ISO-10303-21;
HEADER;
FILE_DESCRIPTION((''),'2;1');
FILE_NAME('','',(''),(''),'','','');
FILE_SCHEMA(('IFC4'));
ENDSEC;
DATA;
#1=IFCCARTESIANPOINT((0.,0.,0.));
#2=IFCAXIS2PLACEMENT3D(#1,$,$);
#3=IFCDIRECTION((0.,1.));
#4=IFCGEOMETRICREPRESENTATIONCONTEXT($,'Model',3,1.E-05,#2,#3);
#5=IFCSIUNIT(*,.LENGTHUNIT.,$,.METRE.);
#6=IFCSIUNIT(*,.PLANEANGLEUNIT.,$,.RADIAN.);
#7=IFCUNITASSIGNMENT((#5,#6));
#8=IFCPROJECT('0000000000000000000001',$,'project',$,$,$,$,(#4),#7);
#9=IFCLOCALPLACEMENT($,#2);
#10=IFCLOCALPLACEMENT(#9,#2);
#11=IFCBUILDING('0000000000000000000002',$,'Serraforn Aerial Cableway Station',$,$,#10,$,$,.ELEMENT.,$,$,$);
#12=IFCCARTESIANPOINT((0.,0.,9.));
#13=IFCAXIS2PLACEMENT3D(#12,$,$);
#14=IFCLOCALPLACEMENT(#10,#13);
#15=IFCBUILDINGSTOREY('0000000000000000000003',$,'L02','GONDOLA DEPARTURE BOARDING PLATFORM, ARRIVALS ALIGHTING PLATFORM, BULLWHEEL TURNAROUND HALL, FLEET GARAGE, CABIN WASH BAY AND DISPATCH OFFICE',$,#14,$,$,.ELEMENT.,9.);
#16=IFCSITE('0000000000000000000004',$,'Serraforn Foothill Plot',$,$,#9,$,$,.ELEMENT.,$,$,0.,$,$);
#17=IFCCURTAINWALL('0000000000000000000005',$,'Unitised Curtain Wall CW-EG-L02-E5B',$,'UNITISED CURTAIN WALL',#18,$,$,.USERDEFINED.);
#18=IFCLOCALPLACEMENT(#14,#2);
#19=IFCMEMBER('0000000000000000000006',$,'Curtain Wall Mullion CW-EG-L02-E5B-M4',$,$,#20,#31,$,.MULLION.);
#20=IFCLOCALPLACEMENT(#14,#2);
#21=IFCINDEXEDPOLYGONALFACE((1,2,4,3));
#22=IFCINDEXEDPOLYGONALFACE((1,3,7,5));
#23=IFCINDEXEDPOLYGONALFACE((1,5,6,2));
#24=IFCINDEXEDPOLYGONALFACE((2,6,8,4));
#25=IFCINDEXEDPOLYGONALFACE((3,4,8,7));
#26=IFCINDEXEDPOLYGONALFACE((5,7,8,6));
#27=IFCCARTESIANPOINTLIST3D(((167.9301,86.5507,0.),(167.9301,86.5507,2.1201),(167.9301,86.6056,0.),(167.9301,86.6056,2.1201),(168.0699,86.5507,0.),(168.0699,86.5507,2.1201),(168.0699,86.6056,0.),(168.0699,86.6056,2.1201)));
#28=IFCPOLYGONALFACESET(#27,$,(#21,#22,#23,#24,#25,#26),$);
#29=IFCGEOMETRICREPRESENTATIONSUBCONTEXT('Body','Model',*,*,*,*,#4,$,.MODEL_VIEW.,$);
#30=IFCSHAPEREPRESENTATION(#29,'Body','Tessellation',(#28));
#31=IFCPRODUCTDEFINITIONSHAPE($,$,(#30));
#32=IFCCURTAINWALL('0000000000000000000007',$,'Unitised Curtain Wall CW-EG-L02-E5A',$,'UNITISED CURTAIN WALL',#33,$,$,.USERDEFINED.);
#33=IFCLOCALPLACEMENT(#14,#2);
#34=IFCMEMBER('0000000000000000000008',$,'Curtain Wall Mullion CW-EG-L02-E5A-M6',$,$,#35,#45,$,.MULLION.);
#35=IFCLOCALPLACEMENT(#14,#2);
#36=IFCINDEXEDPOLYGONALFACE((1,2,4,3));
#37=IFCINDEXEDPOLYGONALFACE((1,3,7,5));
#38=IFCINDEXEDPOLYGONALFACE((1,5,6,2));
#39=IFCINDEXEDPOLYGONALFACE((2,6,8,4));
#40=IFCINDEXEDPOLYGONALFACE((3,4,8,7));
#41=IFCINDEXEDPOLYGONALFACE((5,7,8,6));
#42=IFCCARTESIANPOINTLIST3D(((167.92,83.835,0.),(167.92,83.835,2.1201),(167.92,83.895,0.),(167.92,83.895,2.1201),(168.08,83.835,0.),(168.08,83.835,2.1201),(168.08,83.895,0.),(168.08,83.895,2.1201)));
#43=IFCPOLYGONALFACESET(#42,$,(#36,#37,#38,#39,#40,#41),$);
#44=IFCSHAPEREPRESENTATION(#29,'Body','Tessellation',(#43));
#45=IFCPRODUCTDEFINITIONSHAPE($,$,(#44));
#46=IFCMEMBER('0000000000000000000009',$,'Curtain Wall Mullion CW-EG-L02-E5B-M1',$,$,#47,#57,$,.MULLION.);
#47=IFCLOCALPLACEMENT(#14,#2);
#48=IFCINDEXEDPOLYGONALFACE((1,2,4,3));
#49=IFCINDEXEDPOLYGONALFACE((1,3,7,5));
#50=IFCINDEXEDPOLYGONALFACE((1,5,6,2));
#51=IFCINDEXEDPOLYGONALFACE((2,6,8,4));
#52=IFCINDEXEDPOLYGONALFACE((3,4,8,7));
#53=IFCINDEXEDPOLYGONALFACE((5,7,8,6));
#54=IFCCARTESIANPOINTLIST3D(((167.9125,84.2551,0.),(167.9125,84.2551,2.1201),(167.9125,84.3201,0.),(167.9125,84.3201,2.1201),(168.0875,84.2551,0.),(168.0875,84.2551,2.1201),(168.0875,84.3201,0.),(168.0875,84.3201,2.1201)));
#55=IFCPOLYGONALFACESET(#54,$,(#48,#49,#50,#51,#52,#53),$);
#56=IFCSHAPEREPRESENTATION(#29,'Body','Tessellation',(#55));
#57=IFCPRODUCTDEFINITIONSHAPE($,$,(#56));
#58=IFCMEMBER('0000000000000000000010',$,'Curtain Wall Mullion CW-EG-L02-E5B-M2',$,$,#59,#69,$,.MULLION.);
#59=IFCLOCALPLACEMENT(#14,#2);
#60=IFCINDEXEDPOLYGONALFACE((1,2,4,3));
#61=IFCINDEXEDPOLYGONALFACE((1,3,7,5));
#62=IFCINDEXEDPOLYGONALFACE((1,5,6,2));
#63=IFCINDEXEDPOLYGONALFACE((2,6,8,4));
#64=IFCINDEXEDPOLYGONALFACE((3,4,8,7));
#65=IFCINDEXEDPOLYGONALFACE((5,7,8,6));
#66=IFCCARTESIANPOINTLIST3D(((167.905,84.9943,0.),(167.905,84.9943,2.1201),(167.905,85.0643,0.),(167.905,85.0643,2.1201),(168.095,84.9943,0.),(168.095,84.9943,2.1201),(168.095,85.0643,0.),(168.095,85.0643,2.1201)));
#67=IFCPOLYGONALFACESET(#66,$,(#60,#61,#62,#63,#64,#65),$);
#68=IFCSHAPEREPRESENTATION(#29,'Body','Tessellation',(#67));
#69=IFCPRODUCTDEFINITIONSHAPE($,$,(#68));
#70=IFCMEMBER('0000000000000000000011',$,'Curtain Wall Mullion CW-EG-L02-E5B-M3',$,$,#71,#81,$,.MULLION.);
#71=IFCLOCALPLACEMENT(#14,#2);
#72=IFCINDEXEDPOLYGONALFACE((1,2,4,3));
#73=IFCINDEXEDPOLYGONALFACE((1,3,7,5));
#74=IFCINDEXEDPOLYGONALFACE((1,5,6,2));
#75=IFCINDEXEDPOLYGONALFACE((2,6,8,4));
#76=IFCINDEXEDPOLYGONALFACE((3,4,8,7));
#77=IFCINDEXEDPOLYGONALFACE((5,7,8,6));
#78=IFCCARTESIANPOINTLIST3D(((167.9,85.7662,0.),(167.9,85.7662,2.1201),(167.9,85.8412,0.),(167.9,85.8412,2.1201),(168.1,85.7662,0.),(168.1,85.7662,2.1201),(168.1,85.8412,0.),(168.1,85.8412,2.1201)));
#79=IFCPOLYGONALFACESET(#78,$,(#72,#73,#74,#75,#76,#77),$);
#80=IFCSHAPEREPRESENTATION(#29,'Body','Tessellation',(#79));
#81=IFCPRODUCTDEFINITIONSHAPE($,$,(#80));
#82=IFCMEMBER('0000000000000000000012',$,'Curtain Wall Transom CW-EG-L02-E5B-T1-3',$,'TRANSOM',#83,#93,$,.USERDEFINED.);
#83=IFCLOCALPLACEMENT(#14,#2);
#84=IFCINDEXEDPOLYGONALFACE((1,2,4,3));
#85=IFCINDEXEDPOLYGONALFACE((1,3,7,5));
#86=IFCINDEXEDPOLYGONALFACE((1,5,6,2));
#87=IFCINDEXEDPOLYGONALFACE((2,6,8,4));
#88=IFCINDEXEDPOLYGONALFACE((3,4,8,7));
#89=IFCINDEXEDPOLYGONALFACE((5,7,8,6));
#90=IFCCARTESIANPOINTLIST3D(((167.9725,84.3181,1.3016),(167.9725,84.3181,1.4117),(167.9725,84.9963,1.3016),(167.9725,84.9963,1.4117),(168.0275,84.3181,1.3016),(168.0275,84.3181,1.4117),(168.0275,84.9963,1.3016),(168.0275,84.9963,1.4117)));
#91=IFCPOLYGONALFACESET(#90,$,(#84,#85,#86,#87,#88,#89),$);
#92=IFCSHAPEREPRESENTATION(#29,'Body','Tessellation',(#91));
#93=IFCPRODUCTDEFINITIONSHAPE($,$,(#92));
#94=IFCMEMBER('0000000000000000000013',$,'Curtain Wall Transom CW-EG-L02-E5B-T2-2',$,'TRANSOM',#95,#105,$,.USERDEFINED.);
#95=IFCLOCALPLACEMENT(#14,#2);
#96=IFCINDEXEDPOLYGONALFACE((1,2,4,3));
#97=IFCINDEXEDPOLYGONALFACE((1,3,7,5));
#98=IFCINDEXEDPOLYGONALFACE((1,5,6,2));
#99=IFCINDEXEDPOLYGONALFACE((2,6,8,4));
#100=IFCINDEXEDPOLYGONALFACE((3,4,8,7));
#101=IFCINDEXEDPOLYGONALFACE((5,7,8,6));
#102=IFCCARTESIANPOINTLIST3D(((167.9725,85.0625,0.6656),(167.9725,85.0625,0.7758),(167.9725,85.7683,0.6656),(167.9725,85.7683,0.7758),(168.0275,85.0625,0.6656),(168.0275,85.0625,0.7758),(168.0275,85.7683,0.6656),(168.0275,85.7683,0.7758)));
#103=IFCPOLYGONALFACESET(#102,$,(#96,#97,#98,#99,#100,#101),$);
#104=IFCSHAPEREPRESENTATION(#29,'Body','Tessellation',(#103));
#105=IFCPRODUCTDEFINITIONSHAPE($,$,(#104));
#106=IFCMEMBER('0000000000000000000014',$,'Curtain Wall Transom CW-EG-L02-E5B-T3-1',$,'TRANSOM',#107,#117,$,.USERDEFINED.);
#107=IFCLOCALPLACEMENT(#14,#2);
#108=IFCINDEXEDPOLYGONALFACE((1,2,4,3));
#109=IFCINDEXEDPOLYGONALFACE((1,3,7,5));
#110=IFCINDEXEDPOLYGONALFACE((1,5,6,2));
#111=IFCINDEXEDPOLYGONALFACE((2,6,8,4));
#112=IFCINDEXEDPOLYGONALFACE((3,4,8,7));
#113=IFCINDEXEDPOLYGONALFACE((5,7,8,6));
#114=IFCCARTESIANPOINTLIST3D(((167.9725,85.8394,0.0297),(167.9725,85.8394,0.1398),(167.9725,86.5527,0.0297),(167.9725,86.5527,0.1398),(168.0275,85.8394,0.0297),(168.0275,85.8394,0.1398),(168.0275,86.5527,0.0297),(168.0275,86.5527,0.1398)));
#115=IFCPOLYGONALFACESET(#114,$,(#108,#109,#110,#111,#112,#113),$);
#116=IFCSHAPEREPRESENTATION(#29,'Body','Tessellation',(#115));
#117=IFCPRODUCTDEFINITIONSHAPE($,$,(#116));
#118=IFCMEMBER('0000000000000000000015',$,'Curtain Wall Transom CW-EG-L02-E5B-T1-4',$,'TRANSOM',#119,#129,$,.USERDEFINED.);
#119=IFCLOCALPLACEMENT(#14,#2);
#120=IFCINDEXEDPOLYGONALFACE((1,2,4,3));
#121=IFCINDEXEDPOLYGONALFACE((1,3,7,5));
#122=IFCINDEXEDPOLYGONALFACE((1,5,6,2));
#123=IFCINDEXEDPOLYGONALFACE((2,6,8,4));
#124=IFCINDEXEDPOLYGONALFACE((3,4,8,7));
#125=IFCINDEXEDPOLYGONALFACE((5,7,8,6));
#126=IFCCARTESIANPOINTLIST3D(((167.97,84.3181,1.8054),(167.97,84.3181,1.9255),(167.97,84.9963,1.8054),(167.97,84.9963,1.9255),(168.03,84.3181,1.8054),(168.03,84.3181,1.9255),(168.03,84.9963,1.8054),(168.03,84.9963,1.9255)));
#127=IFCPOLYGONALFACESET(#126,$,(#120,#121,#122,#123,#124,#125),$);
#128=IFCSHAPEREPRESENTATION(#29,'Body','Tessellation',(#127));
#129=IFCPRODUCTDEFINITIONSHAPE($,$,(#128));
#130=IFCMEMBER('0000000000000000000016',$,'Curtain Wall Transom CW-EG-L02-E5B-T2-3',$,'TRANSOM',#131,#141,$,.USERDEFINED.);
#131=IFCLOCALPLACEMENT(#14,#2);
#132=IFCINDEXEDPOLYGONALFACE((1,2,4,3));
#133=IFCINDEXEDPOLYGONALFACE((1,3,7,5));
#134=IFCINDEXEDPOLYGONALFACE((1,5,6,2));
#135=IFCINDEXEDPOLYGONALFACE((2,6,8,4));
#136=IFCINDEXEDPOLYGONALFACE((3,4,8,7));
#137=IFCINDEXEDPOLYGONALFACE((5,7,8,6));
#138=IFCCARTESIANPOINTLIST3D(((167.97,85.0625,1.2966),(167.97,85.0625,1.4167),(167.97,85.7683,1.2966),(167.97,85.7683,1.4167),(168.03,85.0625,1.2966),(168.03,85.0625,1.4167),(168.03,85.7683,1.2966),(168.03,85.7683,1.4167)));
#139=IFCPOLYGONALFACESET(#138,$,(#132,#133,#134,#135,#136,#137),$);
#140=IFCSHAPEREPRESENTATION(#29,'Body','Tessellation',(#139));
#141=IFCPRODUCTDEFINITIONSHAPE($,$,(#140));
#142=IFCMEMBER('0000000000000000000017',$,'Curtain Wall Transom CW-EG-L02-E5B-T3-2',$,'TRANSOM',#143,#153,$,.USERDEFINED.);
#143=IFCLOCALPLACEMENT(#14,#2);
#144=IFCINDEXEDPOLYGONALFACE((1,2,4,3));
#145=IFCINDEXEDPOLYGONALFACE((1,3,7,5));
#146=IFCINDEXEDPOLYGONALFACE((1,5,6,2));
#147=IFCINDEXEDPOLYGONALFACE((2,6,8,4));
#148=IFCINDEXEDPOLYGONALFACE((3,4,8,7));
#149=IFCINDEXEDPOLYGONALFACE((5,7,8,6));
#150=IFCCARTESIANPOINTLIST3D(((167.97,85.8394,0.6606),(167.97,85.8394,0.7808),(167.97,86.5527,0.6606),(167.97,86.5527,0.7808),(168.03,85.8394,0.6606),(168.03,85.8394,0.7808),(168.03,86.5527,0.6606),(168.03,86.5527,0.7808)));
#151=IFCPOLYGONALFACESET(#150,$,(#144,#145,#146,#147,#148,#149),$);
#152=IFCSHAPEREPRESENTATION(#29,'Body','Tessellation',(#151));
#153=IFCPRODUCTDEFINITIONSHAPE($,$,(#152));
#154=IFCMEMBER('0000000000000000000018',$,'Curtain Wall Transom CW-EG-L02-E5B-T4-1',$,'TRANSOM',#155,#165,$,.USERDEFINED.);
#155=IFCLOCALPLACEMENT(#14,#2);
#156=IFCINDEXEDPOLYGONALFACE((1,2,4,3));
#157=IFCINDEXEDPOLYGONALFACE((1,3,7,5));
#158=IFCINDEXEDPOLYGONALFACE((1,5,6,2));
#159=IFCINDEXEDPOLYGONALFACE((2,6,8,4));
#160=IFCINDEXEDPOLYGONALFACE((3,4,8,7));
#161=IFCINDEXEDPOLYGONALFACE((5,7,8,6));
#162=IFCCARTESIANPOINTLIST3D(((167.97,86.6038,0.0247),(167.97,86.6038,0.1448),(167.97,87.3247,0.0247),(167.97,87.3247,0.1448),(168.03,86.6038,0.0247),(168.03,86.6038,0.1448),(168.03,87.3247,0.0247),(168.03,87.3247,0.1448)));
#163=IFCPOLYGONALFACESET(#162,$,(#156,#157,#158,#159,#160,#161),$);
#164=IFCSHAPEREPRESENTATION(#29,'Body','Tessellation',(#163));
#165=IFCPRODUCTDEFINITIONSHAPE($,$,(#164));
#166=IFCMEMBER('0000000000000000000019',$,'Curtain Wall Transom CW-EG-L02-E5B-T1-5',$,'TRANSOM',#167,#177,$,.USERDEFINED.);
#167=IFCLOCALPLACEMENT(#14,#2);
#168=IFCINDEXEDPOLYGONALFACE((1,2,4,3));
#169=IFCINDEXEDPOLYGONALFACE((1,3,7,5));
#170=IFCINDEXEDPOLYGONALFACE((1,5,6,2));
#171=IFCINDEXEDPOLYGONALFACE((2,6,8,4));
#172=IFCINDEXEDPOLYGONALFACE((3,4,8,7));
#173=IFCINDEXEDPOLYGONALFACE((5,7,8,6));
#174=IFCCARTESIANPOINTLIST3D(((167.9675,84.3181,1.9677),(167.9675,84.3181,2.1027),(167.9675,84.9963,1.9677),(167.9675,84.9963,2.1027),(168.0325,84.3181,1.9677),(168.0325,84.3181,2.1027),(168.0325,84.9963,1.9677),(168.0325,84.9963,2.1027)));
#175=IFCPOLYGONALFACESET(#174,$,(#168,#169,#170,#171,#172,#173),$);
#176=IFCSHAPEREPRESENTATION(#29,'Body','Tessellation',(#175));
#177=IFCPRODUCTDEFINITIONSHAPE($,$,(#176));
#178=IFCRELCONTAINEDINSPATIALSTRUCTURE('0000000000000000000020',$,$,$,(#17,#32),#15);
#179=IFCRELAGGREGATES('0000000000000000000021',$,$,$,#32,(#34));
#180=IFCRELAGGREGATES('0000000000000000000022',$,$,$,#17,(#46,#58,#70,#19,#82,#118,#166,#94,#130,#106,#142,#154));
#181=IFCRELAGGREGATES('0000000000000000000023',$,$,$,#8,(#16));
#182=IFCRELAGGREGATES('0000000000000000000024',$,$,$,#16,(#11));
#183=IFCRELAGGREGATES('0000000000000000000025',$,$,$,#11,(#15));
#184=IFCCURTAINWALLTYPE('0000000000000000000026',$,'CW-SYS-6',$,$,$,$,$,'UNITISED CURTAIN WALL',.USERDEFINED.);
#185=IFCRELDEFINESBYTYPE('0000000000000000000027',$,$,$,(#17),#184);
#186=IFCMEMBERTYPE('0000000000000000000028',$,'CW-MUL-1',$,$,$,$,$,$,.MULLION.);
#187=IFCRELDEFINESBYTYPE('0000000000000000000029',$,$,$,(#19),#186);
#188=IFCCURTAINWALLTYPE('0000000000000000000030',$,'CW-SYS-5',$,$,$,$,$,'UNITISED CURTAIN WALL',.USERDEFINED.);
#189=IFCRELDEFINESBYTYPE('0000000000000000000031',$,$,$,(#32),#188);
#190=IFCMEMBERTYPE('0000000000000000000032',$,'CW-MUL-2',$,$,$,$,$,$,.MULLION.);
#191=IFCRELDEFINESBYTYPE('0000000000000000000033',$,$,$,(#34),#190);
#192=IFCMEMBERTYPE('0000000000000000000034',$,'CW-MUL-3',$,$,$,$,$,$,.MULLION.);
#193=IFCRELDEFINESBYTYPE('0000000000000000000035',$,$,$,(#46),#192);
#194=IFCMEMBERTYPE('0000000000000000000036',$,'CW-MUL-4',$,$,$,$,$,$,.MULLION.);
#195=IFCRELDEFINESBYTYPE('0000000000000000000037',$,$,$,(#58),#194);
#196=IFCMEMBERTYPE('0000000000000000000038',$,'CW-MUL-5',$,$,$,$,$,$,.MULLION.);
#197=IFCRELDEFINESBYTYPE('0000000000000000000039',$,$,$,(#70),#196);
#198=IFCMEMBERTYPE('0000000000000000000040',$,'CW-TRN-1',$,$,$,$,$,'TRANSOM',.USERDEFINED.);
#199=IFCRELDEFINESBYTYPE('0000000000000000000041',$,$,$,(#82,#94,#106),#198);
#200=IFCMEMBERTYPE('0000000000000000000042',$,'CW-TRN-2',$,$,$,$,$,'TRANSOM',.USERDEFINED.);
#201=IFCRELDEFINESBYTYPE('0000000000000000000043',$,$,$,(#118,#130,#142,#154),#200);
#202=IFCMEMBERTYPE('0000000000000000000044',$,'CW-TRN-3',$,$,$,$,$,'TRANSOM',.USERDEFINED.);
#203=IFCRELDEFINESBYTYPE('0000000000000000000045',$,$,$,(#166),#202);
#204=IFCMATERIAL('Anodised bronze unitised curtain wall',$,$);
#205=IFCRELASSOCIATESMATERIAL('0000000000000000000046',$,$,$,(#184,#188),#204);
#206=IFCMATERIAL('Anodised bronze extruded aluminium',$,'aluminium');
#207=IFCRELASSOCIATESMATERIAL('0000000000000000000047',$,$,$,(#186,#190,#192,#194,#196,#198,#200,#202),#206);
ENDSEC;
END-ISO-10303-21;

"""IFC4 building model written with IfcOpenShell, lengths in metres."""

from ifc_helpers import new_model, si_unit, direction, frame, origin, origin_2d, place, context, subcontext, project, spatial, rectangle, extrude, material, material_profile, profile_set, type_object, element, aggregate, save


model = new_model("IFC4")

# Units and contexts
model_context = context("Model", 3, precision=1e-05, world=origin(), true_north=direction((0.0, 1.0)))
body_context = subcontext(model_context, "Body", "Model", "MODEL_VIEW")
ifc_project = project(units=[si_unit("LENGTHUNIT", "METRE"), si_unit("PLANEANGLEUNIT", "RADIAN")], contexts=[model_context])

# Site, building, storey
site_placement = place(None, origin())
site = spatial("IfcSite", under=ifc_project, at=site_placement, Name="Serraforn Foothill Plot", CompositionType="ELEMENT", RefElevation=0.0)
building_placement = place(site_placement, origin())
building = spatial("IfcBuilding", under=site, at=building_placement, Name="Serraforn Aerial Cableway Station", CompositionType="ELEMENT")
storey_placement = place(building_placement, frame((0.0, 0.0, 9.0)))
storey = spatial("IfcBuildingStorey", under=building, at=storey_placement, Name="L02", Description="GONDOLA DEPARTURE BOARDING PLATFORM, ARRIVALS ALIGHTING PLATFORM, BULLWHEEL TURNAROUND HALL, FLEET GARAGE, CABIN WASH BAY AND DISPATCH OFFICE", CompositionType="ELEMENT", Elevation=9.0)

# Curtain walls, members
ifc_material_1 = material(Name="Anodised bronze unitised curtain wall")
curtain_wall_type_1 = type_object("IfcCurtainWallType", Name="CW-SYS-6", ElementType="UNITISED CURTAIN WALL", PredefinedType="USERDEFINED", material=ifc_material_1)
curtain_wall_1_placement = place(storey_placement, origin())
curtain_wall_1 = element("IfcCurtainWall", 1, at=curtain_wall_1_placement, inside=storey, type_object=curtain_wall_type_1, Name="Unitised Curtain Wall CW-EG-L02-E5B", ObjectType="UNITISED CURTAIN WALL", PredefinedType="USERDEFINED")
ifc_material_2 = material(Name="Anodised bronze extruded aluminium", Category="aluminium")
ifc_material_profile_1 = material_profile(ifc_material_2, rectangle(XDim=0.0549, YDim=0.1399, at=origin_2d()), Name="CW MULLION 55x140")
ifc_profile_set_1 = profile_set([ifc_material_profile_1], Name="Anodised bronze extruded aluminium")
member_type_1 = type_object("IfcMemberType", Name="CW-MUL-1", PredefinedType="MULLION", material=ifc_profile_set_1)
member_1_placement = place(storey_placement, frame((168.0, 86.5781, 0.0), z_axis=(0.0, 0.0, 1.0), x_axis=(0.0, 1.0, 0.0)))
member_1 = element("IfcMember", 2, at=member_1_placement, type_object=member_type_1, Name="Curtain Wall Mullion CW-EG-L02-E5B-M4", PredefinedType="MULLION", context=body_context, shape_type="SweptSolid", body=[
    extrude(rectangle(XDim=0.0549, YDim=0.1399, at=origin_2d()), origin(), (0.0, 0.0, 1.0), 2.1201),
])
curtain_wall_type_2 = type_object("IfcCurtainWallType", Name="CW-SYS-5", ElementType="UNITISED CURTAIN WALL", PredefinedType="USERDEFINED", material=ifc_material_1)
curtain_wall_2_placement = place(storey_placement, origin())
curtain_wall_2 = element("IfcCurtainWall", 3, at=curtain_wall_2_placement, inside=storey, type_object=curtain_wall_type_2, Name="Unitised Curtain Wall CW-EG-L02-E5A", ObjectType="UNITISED CURTAIN WALL", PredefinedType="USERDEFINED")
ifc_material_profile_2 = material_profile(ifc_material_2, rectangle(XDim=0.0601, YDim=0.1599, at=origin_2d()), Name="CW MULLION 60x160")
ifc_profile_set_2 = profile_set([ifc_material_profile_2], Name="Anodised bronze extruded aluminium")
member_type_2 = type_object("IfcMemberType", Name="CW-MUL-2", PredefinedType="MULLION", material=ifc_profile_set_2)
member_2_placement = place(storey_placement, frame((168.0, 83.865, 0.0), z_axis=(0.0, 0.0, 1.0), x_axis=(0.0, 1.0, 0.0)))
member_2 = element("IfcMember", 4, at=member_2_placement, type_object=member_type_2, Name="Curtain Wall Mullion CW-EG-L02-E5A-M6", PredefinedType="MULLION", context=body_context, shape_type="SweptSolid", body=[
    extrude(rectangle(XDim=0.0601, YDim=0.1599, at=origin_2d()), origin(), (0.0, 0.0, 1.0), 2.1201),
])
aggregate(curtain_wall_2, [member_2])

# Members
ifc_material_profile_3 = material_profile(ifc_material_2, rectangle(XDim=0.0649, YDim=0.175, at=origin_2d()), Name="CW MULLION 65x175")
ifc_profile_set_3 = profile_set([ifc_material_profile_3], Name="Anodised bronze extruded aluminium")
member_type_3 = type_object("IfcMemberType", Name="CW-MUL-3", PredefinedType="MULLION", material=ifc_profile_set_3)
member_3_placement = place(storey_placement, frame((168.0, 84.2876, 0.0), z_axis=(0.0, 0.0, 1.0), x_axis=(0.0, 1.0, 0.0)))
member_3 = element("IfcMember", 5, at=member_3_placement, type_object=member_type_3, Name="Curtain Wall Mullion CW-EG-L02-E5B-M1", PredefinedType="MULLION", context=body_context, shape_type="SweptSolid", body=[
    extrude(rectangle(XDim=0.0649, YDim=0.175, at=origin_2d()), origin(), (0.0, 0.0, 1.0), 2.1201),
])
ifc_material_profile_4 = material_profile(ifc_material_2, rectangle(XDim=0.0701, YDim=0.1899, at=origin_2d()), Name="CW MULLION 70x190")
ifc_profile_set_4 = profile_set([ifc_material_profile_4], Name="Anodised bronze extruded aluminium")
member_type_4 = type_object("IfcMemberType", Name="CW-MUL-4", PredefinedType="MULLION", material=ifc_profile_set_4)
member_4_placement = place(storey_placement, frame((168.0, 85.0293, 0.0), z_axis=(0.0, 0.0, 1.0), x_axis=(0.0, 1.0, 0.0)))
member_4 = element("IfcMember", 6, at=member_4_placement, type_object=member_type_4, Name="Curtain Wall Mullion CW-EG-L02-E5B-M2", PredefinedType="MULLION", context=body_context, shape_type="SweptSolid", body=[
    extrude(rectangle(XDim=0.0701, YDim=0.1899, at=origin_2d()), origin(), (0.0, 0.0, 1.0), 2.1201),
])
ifc_material_profile_5 = material_profile(ifc_material_2, rectangle(XDim=0.075, YDim=0.2, at=origin_2d()), Name="CW MULLION 75x200")
ifc_profile_set_5 = profile_set([ifc_material_profile_5], Name="Anodised bronze extruded aluminium")
member_type_5 = type_object("IfcMemberType", Name="CW-MUL-5", PredefinedType="MULLION", material=ifc_profile_set_5)
member_5_placement = place(storey_placement, frame((168.0, 85.8037, 0.0), z_axis=(0.0, 0.0, 1.0), x_axis=(0.0, 1.0, 0.0)))
member_5 = element("IfcMember", 7, at=member_5_placement, type_object=member_type_5, Name="Curtain Wall Mullion CW-EG-L02-E5B-M3", PredefinedType="MULLION", context=body_context, shape_type="SweptSolid", body=[
    extrude(rectangle(XDim=0.075, YDim=0.2, at=origin_2d()), origin(), (0.0, 0.0, 1.0), 2.1201),
])
ifc_material_profile_6 = material_profile(ifc_material_2, rectangle(XDim=0.0549, YDim=0.1101, at=origin_2d()), Name="CW TRANSOM 55x110")
ifc_profile_set_6 = profile_set([ifc_material_profile_6], Name="Anodised bronze extruded aluminium")
member_type_6 = type_object("IfcMemberType", Name="CW-TRN-1", ElementType="TRANSOM", PredefinedType="USERDEFINED", material=ifc_profile_set_6)
member_6_placement = place(storey_placement, frame((168.0, 84.3181, 1.3567), z_axis=(0.0, 1.0, 0.0), x_axis=(-1.0, 0.0, 0.0)))
member_6 = element("IfcMember", 8, at=member_6_placement, type_object=member_type_6, Name="Curtain Wall Transom CW-EG-L02-E5B-T1-3", ObjectType="TRANSOM", PredefinedType="USERDEFINED", context=body_context, shape_type="SweptSolid", body=[
    extrude(rectangle(XDim=0.0549, YDim=0.1101, at=origin_2d()), origin(), (0.0, 0.0, 1.0), 0.6782),
])
member_7_placement = place(storey_placement, frame((168.0, 85.0625, 0.7207), z_axis=(0.0, 1.0, 0.0), x_axis=(-1.0, 0.0, 0.0)))
member_7 = element("IfcMember", 9, at=member_7_placement, type_object=member_type_6, Name="Curtain Wall Transom CW-EG-L02-E5B-T2-2", ObjectType="TRANSOM", PredefinedType="USERDEFINED", context=body_context, shape_type="SweptSolid", body=[
    extrude(rectangle(XDim=0.0549, YDim=0.1101, at=origin_2d()), origin(), (0.0, 0.0, 1.0), 0.7058),
])
member_8_placement = place(storey_placement, frame((168.0, 85.8394, 0.0847), z_axis=(0.0, 1.0, 0.0), x_axis=(-1.0, 0.0, 0.0)))
member_8 = element("IfcMember", 10, at=member_8_placement, type_object=member_type_6, Name="Curtain Wall Transom CW-EG-L02-E5B-T3-1", ObjectType="TRANSOM", PredefinedType="USERDEFINED", context=body_context, shape_type="SweptSolid", body=[
    extrude(rectangle(XDim=0.0549, YDim=0.1101, at=origin_2d()), origin(), (0.0, 0.0, 1.0), 0.7134),
])
ifc_material_profile_7 = material_profile(ifc_material_2, rectangle(XDim=0.0601, YDim=0.1201, at=origin_2d()), Name="CW TRANSOM 60x120")
ifc_profile_set_7 = profile_set([ifc_material_profile_7], Name="Anodised bronze extruded aluminium")
member_type_7 = type_object("IfcMemberType", Name="CW-TRN-2", ElementType="TRANSOM", PredefinedType="USERDEFINED", material=ifc_profile_set_7)
member_9_placement = place(storey_placement, frame((168.0, 84.3181, 1.8655), z_axis=(0.0, 1.0, 0.0), x_axis=(-1.0, 0.0, 0.0)))
member_9 = element("IfcMember", 11, at=member_9_placement, type_object=member_type_7, Name="Curtain Wall Transom CW-EG-L02-E5B-T1-4", ObjectType="TRANSOM", PredefinedType="USERDEFINED", context=body_context, shape_type="SweptSolid", body=[
    extrude(rectangle(XDim=0.0601, YDim=0.1201, at=origin_2d()), origin(), (0.0, 0.0, 1.0), 0.6782),
])
member_10_placement = place(storey_placement, frame((168.0, 85.0625, 1.3567), z_axis=(0.0, 1.0, 0.0), x_axis=(-1.0, 0.0, 0.0)))
member_10 = element("IfcMember", 12, at=member_10_placement, type_object=member_type_7, Name="Curtain Wall Transom CW-EG-L02-E5B-T2-3", ObjectType="TRANSOM", PredefinedType="USERDEFINED", context=body_context, shape_type="SweptSolid", body=[
    extrude(rectangle(XDim=0.0601, YDim=0.1201, at=origin_2d()), origin(), (0.0, 0.0, 1.0), 0.7058),
])
member_11_placement = place(storey_placement, frame((168.0, 85.8394, 0.7207), z_axis=(0.0, 1.0, 0.0), x_axis=(-1.0, 0.0, 0.0)))
member_11 = element("IfcMember", 13, at=member_11_placement, type_object=member_type_7, Name="Curtain Wall Transom CW-EG-L02-E5B-T3-2", ObjectType="TRANSOM", PredefinedType="USERDEFINED", context=body_context, shape_type="SweptSolid", body=[
    extrude(rectangle(XDim=0.0601, YDim=0.1201, at=origin_2d()), origin(), (0.0, 0.0, 1.0), 0.7134),
])
member_12_placement = place(storey_placement, frame((168.0, 86.6038, 0.0847), z_axis=(0.0, 1.0, 0.0), x_axis=(-1.0, 0.0, 0.0)))
member_12 = element("IfcMember", 14, at=member_12_placement, type_object=member_type_7, Name="Curtain Wall Transom CW-EG-L02-E5B-T4-1", ObjectType="TRANSOM", PredefinedType="USERDEFINED", context=body_context, shape_type="SweptSolid", body=[
    extrude(rectangle(XDim=0.0601, YDim=0.1201, at=origin_2d()), origin(), (0.0, 0.0, 1.0), 0.7209),
])
ifc_material_profile_8 = material_profile(ifc_material_2, rectangle(XDim=0.0649, YDim=0.135, at=origin_2d()), Name="CW TRANSOM 65x135")
ifc_profile_set_8 = profile_set([ifc_material_profile_8], Name="Anodised bronze extruded aluminium")
member_type_8 = type_object("IfcMemberType", Name="CW-TRN-3", ElementType="TRANSOM", PredefinedType="USERDEFINED", material=ifc_profile_set_8)
member_13_placement = place(storey_placement, frame((168.0, 84.3181, 2.0352), z_axis=(0.0, 1.0, 0.0), x_axis=(-1.0, 0.0, 0.0)))
member_13 = element("IfcMember", 15, at=member_13_placement, type_object=member_type_8, Name="Curtain Wall Transom CW-EG-L02-E5B-T1-5", ObjectType="TRANSOM", PredefinedType="USERDEFINED", context=body_context, shape_type="SweptSolid", body=[
    extrude(rectangle(XDim=0.0649, YDim=0.135, at=origin_2d()), origin(), (0.0, 0.0, 1.0), 0.6782),
])

aggregate(curtain_wall_1, [member_3, member_4, member_5, member_1, member_6, member_9, member_13, member_7, member_10, member_8, member_11, member_12])

save(model, "model.ifc")
